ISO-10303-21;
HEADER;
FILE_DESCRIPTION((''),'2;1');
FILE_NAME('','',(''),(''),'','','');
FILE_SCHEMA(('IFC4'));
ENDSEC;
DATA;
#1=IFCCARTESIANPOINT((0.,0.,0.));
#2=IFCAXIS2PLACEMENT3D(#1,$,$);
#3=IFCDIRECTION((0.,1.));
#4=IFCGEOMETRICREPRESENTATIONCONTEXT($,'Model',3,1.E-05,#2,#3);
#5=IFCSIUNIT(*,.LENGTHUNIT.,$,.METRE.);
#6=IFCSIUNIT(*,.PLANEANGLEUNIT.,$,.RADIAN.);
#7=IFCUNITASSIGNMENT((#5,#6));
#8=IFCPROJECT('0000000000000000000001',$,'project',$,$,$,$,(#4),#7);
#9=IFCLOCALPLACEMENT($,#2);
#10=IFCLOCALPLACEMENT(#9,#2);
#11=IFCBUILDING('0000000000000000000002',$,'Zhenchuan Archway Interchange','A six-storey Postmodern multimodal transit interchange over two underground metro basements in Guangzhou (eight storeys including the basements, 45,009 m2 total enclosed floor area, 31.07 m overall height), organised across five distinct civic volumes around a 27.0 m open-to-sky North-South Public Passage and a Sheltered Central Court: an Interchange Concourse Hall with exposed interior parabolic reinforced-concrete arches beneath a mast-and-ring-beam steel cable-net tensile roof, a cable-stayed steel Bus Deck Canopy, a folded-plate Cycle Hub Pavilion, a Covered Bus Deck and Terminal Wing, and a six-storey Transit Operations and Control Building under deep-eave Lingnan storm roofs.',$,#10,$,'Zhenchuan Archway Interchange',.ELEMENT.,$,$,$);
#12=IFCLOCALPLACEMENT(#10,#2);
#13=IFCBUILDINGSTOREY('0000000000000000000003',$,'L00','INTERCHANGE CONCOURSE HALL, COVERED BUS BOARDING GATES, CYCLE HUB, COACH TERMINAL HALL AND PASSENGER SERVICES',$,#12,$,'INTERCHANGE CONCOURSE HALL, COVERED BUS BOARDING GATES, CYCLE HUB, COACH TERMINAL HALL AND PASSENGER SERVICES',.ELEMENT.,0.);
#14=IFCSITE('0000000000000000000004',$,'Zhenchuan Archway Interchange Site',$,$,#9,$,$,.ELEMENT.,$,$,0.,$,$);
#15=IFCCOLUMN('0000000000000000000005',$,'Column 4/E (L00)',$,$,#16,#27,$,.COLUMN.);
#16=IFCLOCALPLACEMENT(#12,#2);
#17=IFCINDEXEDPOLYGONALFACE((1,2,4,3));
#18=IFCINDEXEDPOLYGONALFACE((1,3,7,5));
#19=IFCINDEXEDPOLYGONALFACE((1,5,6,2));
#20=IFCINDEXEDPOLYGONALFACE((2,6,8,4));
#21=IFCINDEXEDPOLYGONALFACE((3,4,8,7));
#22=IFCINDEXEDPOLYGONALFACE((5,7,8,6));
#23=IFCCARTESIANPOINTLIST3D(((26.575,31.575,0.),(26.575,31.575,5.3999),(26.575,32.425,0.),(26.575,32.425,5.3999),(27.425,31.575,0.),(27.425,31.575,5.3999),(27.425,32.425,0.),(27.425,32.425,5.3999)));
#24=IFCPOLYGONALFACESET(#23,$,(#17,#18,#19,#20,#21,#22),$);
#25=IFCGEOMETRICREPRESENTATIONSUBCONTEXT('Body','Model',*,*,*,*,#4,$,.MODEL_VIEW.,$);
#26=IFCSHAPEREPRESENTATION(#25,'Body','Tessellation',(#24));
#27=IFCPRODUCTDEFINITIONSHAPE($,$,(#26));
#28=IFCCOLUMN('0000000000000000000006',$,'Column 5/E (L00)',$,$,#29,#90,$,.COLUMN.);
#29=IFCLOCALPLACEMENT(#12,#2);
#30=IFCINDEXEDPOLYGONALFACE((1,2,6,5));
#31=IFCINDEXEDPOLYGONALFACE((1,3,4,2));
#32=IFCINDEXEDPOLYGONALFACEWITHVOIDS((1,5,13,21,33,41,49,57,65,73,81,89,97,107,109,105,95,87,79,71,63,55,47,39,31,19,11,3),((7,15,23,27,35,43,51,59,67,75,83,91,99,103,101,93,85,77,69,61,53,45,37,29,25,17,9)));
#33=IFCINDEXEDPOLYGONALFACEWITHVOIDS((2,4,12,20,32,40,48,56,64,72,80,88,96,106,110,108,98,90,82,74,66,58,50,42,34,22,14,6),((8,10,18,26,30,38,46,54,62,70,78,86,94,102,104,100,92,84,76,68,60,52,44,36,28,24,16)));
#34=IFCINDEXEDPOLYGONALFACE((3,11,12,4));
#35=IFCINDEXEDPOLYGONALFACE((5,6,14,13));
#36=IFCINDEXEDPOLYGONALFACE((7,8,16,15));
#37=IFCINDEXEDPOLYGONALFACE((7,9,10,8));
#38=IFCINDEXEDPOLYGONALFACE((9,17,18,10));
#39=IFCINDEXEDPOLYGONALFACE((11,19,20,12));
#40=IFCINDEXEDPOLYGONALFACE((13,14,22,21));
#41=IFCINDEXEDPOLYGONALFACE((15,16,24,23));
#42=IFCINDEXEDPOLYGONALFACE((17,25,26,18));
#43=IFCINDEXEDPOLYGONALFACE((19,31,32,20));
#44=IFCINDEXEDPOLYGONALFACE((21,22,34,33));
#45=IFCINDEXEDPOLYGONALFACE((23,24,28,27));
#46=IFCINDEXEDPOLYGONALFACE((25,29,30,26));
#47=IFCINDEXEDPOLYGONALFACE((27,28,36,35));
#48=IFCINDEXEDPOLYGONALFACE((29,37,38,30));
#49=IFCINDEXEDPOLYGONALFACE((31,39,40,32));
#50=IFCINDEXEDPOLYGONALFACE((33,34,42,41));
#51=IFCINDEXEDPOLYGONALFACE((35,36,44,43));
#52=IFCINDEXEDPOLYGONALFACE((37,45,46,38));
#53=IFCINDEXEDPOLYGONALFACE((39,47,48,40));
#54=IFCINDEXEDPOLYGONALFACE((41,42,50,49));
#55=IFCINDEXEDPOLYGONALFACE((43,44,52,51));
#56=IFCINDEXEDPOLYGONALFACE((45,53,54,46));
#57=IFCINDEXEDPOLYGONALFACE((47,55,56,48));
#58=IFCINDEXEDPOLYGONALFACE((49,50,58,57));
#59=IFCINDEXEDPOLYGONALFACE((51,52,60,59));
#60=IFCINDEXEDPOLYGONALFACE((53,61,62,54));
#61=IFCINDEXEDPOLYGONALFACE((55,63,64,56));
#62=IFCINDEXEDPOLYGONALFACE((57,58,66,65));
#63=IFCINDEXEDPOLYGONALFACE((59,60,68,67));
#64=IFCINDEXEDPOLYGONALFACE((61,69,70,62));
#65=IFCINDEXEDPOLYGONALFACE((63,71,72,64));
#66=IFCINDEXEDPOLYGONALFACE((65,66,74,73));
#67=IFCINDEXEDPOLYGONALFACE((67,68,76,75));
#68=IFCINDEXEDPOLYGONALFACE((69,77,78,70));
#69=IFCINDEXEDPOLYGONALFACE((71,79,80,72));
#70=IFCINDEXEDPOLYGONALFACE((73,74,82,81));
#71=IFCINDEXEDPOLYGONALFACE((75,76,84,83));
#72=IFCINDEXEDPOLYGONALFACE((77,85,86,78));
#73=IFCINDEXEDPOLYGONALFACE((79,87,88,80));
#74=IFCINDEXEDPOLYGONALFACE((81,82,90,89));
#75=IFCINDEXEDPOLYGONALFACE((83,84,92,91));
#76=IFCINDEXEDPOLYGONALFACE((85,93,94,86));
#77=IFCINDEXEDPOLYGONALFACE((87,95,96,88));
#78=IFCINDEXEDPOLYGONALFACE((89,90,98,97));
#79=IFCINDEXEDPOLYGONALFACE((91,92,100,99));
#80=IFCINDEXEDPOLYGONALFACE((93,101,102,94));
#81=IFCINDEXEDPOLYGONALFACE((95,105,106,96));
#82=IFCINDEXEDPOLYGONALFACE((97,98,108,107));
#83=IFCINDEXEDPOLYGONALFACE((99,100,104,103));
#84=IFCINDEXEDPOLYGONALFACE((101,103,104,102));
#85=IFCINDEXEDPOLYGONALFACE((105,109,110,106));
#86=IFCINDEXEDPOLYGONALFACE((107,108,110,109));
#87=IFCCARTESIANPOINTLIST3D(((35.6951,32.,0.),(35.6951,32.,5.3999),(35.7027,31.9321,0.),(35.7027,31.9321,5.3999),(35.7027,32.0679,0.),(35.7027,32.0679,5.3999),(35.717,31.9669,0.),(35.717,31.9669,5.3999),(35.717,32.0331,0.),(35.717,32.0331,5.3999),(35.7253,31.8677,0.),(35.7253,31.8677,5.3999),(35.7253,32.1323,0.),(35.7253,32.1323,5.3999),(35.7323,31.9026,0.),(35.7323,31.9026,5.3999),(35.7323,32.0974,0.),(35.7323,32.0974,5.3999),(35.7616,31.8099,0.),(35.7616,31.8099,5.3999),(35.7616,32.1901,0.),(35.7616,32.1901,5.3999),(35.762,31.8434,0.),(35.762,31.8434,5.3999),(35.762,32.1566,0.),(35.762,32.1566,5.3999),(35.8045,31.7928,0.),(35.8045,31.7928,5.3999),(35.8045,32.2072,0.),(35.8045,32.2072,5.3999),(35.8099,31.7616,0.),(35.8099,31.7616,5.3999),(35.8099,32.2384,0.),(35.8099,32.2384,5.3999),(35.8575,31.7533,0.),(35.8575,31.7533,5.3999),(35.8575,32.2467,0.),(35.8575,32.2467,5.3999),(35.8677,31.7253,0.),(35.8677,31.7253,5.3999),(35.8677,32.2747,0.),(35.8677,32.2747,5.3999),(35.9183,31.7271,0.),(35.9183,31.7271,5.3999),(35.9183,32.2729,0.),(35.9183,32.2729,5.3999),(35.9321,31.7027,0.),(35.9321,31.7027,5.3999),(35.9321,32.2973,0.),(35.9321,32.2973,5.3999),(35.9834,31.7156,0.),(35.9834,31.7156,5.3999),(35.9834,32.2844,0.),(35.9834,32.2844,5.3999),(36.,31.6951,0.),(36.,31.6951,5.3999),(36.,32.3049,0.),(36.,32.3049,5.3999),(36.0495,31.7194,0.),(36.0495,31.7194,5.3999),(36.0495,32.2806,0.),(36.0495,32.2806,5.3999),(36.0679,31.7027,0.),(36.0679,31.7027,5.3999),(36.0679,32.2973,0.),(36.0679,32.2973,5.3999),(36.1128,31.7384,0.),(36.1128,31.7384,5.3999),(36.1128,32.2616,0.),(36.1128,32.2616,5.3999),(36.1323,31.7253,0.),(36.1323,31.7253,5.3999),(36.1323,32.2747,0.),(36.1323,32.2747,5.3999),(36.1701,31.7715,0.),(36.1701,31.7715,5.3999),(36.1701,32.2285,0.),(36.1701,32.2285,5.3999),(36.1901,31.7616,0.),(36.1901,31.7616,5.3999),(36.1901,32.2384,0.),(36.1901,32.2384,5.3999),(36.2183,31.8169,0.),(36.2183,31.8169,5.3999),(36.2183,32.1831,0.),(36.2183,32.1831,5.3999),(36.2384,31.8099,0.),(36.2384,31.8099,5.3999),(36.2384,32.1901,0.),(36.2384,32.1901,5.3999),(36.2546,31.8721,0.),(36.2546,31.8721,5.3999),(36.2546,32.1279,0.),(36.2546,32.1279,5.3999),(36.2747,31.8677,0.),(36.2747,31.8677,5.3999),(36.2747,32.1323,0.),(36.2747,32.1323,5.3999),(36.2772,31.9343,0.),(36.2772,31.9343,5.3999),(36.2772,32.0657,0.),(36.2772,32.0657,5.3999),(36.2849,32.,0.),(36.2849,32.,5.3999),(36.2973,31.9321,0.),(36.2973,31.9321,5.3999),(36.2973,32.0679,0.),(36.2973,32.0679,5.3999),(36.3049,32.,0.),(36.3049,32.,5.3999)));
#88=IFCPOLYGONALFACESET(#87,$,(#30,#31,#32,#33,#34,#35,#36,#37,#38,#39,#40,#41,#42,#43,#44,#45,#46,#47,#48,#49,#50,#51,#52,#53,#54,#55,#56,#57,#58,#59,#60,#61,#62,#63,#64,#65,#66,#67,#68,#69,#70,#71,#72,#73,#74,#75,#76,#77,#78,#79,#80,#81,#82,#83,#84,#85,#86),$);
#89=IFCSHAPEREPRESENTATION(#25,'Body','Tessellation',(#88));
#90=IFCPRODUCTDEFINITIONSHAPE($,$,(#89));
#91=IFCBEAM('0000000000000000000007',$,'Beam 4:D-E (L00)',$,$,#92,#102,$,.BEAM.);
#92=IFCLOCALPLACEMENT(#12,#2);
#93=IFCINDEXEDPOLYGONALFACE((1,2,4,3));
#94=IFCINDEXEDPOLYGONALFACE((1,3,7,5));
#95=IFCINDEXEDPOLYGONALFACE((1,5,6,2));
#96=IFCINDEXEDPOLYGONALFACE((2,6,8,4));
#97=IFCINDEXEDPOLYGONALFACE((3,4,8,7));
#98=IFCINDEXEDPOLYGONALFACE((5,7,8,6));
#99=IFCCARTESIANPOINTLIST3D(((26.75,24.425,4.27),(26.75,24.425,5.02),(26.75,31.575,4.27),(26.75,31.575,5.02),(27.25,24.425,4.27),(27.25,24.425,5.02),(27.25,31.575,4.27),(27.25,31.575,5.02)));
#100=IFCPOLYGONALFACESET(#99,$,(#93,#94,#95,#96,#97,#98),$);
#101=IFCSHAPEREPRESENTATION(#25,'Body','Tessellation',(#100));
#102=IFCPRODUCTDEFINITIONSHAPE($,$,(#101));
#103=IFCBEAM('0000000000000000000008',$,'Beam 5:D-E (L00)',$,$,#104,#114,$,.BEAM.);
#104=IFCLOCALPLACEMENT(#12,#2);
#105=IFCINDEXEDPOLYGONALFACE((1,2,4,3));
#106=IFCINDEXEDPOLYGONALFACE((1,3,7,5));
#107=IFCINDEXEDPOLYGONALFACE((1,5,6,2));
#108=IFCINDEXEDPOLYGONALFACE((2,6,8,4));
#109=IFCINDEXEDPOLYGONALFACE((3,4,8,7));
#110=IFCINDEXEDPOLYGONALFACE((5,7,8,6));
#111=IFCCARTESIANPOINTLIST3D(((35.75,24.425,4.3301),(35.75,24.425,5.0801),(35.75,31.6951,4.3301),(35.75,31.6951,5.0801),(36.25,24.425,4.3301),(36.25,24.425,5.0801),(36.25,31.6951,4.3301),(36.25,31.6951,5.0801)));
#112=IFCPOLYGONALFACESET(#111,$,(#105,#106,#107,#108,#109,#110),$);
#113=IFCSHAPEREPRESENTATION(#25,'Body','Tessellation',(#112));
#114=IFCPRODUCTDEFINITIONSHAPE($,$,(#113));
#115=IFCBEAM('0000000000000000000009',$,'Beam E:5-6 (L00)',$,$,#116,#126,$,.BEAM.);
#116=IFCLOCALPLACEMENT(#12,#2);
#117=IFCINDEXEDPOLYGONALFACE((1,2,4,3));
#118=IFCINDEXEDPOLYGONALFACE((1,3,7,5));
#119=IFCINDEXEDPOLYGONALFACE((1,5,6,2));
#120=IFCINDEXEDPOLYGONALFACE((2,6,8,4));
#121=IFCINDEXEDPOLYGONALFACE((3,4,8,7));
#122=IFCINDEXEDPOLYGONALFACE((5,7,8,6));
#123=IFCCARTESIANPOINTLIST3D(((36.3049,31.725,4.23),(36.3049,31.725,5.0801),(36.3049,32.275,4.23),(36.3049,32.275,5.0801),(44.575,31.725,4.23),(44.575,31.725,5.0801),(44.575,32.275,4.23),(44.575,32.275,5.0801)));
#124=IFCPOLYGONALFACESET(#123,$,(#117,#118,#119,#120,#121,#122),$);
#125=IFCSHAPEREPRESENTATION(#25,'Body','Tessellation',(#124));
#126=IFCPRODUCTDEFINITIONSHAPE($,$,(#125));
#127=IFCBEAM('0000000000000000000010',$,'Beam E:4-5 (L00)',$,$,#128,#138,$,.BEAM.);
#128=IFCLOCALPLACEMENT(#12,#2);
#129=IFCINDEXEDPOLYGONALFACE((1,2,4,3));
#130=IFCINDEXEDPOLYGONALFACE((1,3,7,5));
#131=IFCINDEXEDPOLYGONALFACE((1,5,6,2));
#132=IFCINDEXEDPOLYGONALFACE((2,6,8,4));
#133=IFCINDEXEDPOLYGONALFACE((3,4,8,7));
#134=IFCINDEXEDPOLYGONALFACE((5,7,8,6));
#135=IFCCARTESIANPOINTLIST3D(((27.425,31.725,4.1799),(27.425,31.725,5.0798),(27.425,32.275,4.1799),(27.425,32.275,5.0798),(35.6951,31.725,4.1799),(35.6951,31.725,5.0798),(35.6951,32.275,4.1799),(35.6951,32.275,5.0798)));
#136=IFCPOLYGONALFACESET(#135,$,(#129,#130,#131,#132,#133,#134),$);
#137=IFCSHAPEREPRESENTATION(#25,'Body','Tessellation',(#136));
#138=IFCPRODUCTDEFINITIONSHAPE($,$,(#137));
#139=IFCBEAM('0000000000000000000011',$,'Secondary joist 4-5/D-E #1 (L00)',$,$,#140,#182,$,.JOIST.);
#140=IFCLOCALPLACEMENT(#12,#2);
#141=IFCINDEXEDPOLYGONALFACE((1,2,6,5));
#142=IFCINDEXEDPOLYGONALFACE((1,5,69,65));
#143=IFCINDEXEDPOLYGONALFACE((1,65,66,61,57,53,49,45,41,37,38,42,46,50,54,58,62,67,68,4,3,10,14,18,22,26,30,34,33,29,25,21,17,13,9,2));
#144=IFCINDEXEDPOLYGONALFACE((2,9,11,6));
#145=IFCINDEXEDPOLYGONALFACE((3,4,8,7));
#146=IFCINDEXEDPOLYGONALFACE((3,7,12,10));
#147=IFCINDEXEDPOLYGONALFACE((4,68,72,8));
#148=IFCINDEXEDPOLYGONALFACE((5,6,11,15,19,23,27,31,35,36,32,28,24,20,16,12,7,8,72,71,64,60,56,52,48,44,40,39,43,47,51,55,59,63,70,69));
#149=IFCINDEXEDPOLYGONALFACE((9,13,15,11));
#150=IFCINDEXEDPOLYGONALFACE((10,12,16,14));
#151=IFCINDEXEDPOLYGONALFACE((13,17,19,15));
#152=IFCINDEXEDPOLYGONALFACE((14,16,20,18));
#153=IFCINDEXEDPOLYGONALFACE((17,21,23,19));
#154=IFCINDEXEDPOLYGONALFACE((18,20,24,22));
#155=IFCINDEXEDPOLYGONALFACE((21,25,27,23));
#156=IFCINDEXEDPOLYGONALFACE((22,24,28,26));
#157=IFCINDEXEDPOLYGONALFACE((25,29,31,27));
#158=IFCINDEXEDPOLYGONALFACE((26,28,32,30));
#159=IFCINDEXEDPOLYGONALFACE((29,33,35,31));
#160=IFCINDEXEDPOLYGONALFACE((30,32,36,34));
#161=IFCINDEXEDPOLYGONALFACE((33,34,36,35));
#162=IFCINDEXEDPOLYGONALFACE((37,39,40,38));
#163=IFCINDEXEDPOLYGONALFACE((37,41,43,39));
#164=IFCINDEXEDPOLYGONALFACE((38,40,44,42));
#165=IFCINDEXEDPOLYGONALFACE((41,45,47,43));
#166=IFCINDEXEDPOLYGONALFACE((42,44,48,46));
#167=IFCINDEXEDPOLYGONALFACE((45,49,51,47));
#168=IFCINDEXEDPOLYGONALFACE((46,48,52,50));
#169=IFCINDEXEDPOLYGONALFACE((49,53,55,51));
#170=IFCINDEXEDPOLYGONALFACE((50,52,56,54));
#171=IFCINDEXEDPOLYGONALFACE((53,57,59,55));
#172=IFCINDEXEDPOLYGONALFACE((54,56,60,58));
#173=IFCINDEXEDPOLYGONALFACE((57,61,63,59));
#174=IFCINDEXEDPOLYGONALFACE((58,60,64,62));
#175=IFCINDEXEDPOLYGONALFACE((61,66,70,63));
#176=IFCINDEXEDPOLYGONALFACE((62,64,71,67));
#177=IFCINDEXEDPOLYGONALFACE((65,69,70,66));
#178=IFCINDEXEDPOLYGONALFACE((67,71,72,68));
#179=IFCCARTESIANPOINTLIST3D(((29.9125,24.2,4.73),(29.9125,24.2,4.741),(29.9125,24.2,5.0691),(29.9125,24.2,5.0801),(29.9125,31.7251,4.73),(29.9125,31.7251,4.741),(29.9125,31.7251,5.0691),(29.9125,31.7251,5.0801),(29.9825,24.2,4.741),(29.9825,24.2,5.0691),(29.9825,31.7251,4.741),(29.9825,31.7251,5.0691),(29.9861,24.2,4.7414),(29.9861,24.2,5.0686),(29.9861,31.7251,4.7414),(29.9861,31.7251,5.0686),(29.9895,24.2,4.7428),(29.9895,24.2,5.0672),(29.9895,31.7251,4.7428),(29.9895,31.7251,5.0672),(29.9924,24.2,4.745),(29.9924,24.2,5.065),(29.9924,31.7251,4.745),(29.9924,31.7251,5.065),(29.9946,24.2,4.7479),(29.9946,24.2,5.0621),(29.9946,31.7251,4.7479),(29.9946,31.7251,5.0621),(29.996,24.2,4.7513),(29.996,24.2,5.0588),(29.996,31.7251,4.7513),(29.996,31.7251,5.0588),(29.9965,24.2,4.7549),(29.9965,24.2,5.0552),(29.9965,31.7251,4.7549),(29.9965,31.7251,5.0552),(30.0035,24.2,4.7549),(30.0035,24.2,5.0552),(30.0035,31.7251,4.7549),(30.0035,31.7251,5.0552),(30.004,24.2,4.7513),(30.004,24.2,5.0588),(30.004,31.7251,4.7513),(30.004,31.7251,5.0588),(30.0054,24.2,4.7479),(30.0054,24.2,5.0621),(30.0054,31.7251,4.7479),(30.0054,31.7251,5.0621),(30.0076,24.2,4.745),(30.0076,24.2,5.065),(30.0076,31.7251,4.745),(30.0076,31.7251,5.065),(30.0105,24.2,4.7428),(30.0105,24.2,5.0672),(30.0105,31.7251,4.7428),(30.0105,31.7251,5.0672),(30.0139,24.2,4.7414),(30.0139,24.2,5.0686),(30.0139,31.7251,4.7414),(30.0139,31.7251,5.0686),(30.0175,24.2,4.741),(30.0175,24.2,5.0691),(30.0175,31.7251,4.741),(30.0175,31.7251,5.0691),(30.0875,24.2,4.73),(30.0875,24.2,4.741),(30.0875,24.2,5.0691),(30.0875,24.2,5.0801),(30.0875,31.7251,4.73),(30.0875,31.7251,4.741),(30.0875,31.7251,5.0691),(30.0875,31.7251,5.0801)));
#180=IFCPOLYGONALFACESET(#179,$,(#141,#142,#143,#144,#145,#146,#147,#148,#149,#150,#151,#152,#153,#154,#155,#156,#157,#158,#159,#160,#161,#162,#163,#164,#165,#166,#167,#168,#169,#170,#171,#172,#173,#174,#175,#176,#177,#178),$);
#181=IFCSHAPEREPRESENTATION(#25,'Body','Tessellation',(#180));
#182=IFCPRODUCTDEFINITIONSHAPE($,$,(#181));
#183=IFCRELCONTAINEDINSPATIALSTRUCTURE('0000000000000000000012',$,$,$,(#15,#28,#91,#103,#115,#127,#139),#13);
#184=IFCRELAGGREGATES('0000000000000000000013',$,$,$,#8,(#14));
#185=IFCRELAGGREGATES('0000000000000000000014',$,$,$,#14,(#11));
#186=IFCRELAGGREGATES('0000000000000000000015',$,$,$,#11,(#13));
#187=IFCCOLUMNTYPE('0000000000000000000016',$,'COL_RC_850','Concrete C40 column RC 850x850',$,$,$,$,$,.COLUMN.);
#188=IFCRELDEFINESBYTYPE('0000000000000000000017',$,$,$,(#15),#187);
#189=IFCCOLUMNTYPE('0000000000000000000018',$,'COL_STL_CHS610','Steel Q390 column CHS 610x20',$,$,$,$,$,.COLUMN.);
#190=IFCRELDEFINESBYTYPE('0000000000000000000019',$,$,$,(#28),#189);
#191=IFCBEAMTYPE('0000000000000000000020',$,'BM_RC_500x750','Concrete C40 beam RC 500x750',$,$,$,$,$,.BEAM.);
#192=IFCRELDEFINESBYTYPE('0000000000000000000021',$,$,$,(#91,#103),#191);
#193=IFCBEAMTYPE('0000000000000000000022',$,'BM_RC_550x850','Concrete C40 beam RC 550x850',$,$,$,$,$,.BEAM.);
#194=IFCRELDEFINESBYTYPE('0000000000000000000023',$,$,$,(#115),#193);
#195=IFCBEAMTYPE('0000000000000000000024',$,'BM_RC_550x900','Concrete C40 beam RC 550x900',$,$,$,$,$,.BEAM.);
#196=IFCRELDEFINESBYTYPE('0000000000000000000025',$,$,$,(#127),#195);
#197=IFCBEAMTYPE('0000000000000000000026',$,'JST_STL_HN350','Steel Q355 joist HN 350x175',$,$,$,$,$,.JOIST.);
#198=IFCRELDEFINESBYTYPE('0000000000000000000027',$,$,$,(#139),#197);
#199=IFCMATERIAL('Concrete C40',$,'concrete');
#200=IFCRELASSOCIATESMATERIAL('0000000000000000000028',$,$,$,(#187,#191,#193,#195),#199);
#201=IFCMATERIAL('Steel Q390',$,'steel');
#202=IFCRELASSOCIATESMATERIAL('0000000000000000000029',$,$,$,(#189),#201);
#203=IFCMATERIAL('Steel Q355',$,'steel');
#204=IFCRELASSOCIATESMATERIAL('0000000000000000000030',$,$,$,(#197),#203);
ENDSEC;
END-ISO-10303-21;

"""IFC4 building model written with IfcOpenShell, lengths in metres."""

from ifc_helpers import new_model, si_unit, direction, frame, origin, origin_2d, place, context, subcontext, project, spatial, rectangle, hollow_circle, i_section, extrude, material, material_profile, profile_set, type_object, element, save


model = new_model("IFC4")

# Units and contexts
model_context = context("Model", 3, precision=1e-05, world=origin(), true_north=direction((0.0, 1.0)))
body_context = subcontext(model_context, "Body", "Model", "MODEL_VIEW")
ifc_project = project(units=[si_unit("LENGTHUNIT", "METRE"), si_unit("PLANEANGLEUNIT", "RADIAN")], contexts=[model_context])

# Site, building, storey
site_placement = place(None, origin())
site = spatial("IfcSite", under=ifc_project, at=site_placement, Name="Zhenchuan Archway Interchange Site", CompositionType="ELEMENT", RefElevation=0.0)
building_placement = place(site_placement, origin())
building = spatial("IfcBuilding", under=site, at=building_placement, Name="Zhenchuan Archway Interchange", Description="A six-storey Postmodern multimodal transit interchange over two underground metro basements in Guangzhou (eight storeys including the basements, 45,009 m2 total enclosed floor area, 31.07 m overall height), organised across five distinct civic volumes around a 27.0 m open-to-sky North-South Public Passage and a Sheltered Central Court: an Interchange Concourse Hall with exposed interior parabolic reinforced-concrete arches beneath a mast-and-ring-beam steel cable-net tensile roof, a cable-stayed steel Bus Deck Canopy, a folded-plate Cycle Hub Pavilion, a Covered Bus Deck and Terminal Wing, and a six-storey Transit Operations and Control Building under deep-eave Lingnan storm roofs.", LongName="Zhenchuan Archway Interchange", CompositionType="ELEMENT")
storey_placement = place(building_placement, origin())
storey = spatial("IfcBuildingStorey", under=building, at=storey_placement, Name="L00", Description="INTERCHANGE CONCOURSE HALL, COVERED BUS BOARDING GATES, CYCLE HUB, COACH TERMINAL HALL AND PASSENGER SERVICES", LongName="INTERCHANGE CONCOURSE HALL, COVERED BUS BOARDING GATES, CYCLE HUB, COACH TERMINAL HALL AND PASSENGER SERVICES", CompositionType="ELEMENT", Elevation=0.0)

# Columns
ifc_material_1 = material(Name="Concrete C40", Category="concrete")
ifc_material_profile_1 = material_profile(ifc_material_1, rectangle(XDim=0.8501, YDim=0.8501, at=origin_2d()), Name="RC 850x850")
ifc_profile_set_1 = profile_set([ifc_material_profile_1], Name="Concrete C40")
column_type_1 = type_object("IfcColumnType", Name="COL_RC_850", Description="Concrete C40 column RC 850x850", PredefinedType="COLUMN", material=ifc_profile_set_1)
column_1_placement = place(storey_placement, frame((27.0, 32.0, 0.0), z_axis=(0.0, 0.0, 1.0), x_axis=(1.0, 0.0, 0.0)))
element("IfcColumn", 1, at=column_1_placement, inside=storey, type_object=column_type_1, Name="Column 4/E (L00)", PredefinedType="COLUMN", context=body_context, shape_type="SweptSolid", body=[
    extrude(rectangle(XDim=0.8501, YDim=0.8501, at=origin_2d()), origin(), (0.0, 0.0, 1.0), 5.3999),
])
ifc_material_2 = material(Name="Steel Q390", Category="steel")
ifc_material_profile_2 = material_profile(ifc_material_2, hollow_circle(Radius=0.3049, WallThickness=0.02, at=origin_2d()), Name="CHS 610x20")
ifc_profile_set_2 = profile_set([ifc_material_profile_2], Name="Steel Q390")
column_type_2 = type_object("IfcColumnType", Name="COL_STL_CHS610", Description="Steel Q390 column CHS 610x20", PredefinedType="COLUMN", material=ifc_profile_set_2)
column_2_placement = place(storey_placement, frame((36.0, 32.0, 0.0), z_axis=(0.0, 0.0, 1.0), x_axis=(1.0, 0.0, 0.0)))
element("IfcColumn", 2, at=column_2_placement, inside=storey, type_object=column_type_2, Name="Column 5/E (L00)", PredefinedType="COLUMN", context=body_context, shape_type="SweptSolid", body=[
    extrude(hollow_circle(Radius=0.3049, WallThickness=0.02, at=origin_2d()), origin(), (0.0, 0.0, 1.0), 5.3999),
])

# Beams
ifc_material_profile_3 = material_profile(ifc_material_1, rectangle(XDim=0.5, YDim=0.75, at=origin_2d()), Name="RC 500x750")
ifc_profile_set_3 = profile_set([ifc_material_profile_3], Name="Concrete C40")
beam_type_1 = type_object("IfcBeamType", Name="BM_RC_500x750", Description="Concrete C40 beam RC 500x750", PredefinedType="BEAM", material=ifc_profile_set_3)
beam_1_placement = place(storey_placement, frame((27.0, 24.425, 4.645), z_axis=(0.0, 1.0, 0.0), x_axis=(-1.0, 0.0, 0.0)))
element("IfcBeam", 3, at=beam_1_placement, inside=storey, type_object=beam_type_1, Name="Beam 4:D-E (L00)", PredefinedType="BEAM", context=body_context, shape_type="SweptSolid", body=[
    extrude(rectangle(XDim=0.5, YDim=0.75, at=origin_2d()), origin(), (0.0, 0.0, 1.0), 7.1499),
])
beam_2_placement = place(storey_placement, frame((36.0, 24.425, 4.7051), z_axis=(0.0, 1.0, 0.0), x_axis=(-1.0, 0.0, 0.0)))
element("IfcBeam", 4, at=beam_2_placement, inside=storey, type_object=beam_type_1, Name="Beam 5:D-E (L00)", PredefinedType="BEAM", context=body_context, shape_type="SweptSolid", body=[
    extrude(rectangle(XDim=0.5, YDim=0.75, at=origin_2d()), origin(), (0.0, 0.0, 1.0), 7.27),
])
ifc_material_profile_4 = material_profile(ifc_material_1, rectangle(XDim=0.55, YDim=0.8501, at=origin_2d()), Name="RC 550x850")
ifc_profile_set_4 = profile_set([ifc_material_profile_4], Name="Concrete C40")
beam_type_2 = type_object("IfcBeamType", Name="BM_RC_550x850", Description="Concrete C40 beam RC 550x850", PredefinedType="BEAM", material=ifc_profile_set_4)
beam_3_placement = place(storey_placement, frame((36.3049, 32.0, 4.655), z_axis=(1.0, 0.0, 0.0), x_axis=(0.0, 1.0, 0.0)))
element("IfcBeam", 5, at=beam_3_placement, inside=storey, type_object=beam_type_2, Name="Beam E:5-6 (L00)", PredefinedType="BEAM", context=body_context, shape_type="SweptSolid", body=[
    extrude(rectangle(XDim=0.55, YDim=0.8501, at=origin_2d()), origin(), (0.0, 0.0, 1.0), 8.27),
])
ifc_material_profile_5 = material_profile(ifc_material_1, rectangle(XDim=0.55, YDim=0.8999, at=origin_2d()), Name="RC 550x900")
ifc_profile_set_5 = profile_set([ifc_material_profile_5], Name="Concrete C40")
beam_type_3 = type_object("IfcBeamType", Name="BM_RC_550x900", Description="Concrete C40 beam RC 550x900", PredefinedType="BEAM", material=ifc_profile_set_5)
beam_4_placement = place(storey_placement, frame((27.425, 32.0, 4.6299), z_axis=(1.0, 0.0, 0.0), x_axis=(0.0, 1.0, 0.0)))
element("IfcBeam", 6, at=beam_4_placement, inside=storey, type_object=beam_type_3, Name="Beam E:4-5 (L00)", PredefinedType="BEAM", context=body_context, shape_type="SweptSolid", body=[
    extrude(rectangle(XDim=0.55, YDim=0.8999, at=origin_2d()), origin(), (0.0, 0.0, 1.0), 8.27),
])
ifc_material_3 = material(Name="Steel Q355", Category="steel")
ifc_material_profile_6 = material_profile(ifc_material_3, i_section(OverallWidth=0.175, OverallDepth=0.3501, WebThickness=0.0071, FlangeThickness=0.011, FilletRadius=0.0139, at=origin_2d()), Name="HN 350x175")
ifc_profile_set_6 = profile_set([ifc_material_profile_6], Name="Steel Q355")
beam_type_4 = type_object("IfcBeamType", Name="JST_STL_HN350", Description="Steel Q355 joist HN 350x175", PredefinedType="JOIST", material=ifc_profile_set_6)
for number, where, z_axis, x_axis, name in (
    (7, (30.0, 24.2, 4.905), (0.0, 1.0, 0.0), (-1.0, 0.0, 0.0), "Secondary joist 4-5/D-E #1 (L00)"),
):
    element("IfcBeam", number, at=place(storey_placement, frame(where, z_axis=z_axis, x_axis=x_axis)), inside=storey, type_object=beam_type_4, Name=name, PredefinedType="JOIST", context=body_context, shape_type="SweptSolid", body=[
        extrude(i_section(OverallWidth=0.175, OverallDepth=0.3501, WebThickness=0.0071, FlangeThickness=0.011, FilletRadius=0.0139, at=origin_2d()), origin(), (0.0, 0.0, 1.0), 7.5251),
    ])

save(model, "model.ifc")
